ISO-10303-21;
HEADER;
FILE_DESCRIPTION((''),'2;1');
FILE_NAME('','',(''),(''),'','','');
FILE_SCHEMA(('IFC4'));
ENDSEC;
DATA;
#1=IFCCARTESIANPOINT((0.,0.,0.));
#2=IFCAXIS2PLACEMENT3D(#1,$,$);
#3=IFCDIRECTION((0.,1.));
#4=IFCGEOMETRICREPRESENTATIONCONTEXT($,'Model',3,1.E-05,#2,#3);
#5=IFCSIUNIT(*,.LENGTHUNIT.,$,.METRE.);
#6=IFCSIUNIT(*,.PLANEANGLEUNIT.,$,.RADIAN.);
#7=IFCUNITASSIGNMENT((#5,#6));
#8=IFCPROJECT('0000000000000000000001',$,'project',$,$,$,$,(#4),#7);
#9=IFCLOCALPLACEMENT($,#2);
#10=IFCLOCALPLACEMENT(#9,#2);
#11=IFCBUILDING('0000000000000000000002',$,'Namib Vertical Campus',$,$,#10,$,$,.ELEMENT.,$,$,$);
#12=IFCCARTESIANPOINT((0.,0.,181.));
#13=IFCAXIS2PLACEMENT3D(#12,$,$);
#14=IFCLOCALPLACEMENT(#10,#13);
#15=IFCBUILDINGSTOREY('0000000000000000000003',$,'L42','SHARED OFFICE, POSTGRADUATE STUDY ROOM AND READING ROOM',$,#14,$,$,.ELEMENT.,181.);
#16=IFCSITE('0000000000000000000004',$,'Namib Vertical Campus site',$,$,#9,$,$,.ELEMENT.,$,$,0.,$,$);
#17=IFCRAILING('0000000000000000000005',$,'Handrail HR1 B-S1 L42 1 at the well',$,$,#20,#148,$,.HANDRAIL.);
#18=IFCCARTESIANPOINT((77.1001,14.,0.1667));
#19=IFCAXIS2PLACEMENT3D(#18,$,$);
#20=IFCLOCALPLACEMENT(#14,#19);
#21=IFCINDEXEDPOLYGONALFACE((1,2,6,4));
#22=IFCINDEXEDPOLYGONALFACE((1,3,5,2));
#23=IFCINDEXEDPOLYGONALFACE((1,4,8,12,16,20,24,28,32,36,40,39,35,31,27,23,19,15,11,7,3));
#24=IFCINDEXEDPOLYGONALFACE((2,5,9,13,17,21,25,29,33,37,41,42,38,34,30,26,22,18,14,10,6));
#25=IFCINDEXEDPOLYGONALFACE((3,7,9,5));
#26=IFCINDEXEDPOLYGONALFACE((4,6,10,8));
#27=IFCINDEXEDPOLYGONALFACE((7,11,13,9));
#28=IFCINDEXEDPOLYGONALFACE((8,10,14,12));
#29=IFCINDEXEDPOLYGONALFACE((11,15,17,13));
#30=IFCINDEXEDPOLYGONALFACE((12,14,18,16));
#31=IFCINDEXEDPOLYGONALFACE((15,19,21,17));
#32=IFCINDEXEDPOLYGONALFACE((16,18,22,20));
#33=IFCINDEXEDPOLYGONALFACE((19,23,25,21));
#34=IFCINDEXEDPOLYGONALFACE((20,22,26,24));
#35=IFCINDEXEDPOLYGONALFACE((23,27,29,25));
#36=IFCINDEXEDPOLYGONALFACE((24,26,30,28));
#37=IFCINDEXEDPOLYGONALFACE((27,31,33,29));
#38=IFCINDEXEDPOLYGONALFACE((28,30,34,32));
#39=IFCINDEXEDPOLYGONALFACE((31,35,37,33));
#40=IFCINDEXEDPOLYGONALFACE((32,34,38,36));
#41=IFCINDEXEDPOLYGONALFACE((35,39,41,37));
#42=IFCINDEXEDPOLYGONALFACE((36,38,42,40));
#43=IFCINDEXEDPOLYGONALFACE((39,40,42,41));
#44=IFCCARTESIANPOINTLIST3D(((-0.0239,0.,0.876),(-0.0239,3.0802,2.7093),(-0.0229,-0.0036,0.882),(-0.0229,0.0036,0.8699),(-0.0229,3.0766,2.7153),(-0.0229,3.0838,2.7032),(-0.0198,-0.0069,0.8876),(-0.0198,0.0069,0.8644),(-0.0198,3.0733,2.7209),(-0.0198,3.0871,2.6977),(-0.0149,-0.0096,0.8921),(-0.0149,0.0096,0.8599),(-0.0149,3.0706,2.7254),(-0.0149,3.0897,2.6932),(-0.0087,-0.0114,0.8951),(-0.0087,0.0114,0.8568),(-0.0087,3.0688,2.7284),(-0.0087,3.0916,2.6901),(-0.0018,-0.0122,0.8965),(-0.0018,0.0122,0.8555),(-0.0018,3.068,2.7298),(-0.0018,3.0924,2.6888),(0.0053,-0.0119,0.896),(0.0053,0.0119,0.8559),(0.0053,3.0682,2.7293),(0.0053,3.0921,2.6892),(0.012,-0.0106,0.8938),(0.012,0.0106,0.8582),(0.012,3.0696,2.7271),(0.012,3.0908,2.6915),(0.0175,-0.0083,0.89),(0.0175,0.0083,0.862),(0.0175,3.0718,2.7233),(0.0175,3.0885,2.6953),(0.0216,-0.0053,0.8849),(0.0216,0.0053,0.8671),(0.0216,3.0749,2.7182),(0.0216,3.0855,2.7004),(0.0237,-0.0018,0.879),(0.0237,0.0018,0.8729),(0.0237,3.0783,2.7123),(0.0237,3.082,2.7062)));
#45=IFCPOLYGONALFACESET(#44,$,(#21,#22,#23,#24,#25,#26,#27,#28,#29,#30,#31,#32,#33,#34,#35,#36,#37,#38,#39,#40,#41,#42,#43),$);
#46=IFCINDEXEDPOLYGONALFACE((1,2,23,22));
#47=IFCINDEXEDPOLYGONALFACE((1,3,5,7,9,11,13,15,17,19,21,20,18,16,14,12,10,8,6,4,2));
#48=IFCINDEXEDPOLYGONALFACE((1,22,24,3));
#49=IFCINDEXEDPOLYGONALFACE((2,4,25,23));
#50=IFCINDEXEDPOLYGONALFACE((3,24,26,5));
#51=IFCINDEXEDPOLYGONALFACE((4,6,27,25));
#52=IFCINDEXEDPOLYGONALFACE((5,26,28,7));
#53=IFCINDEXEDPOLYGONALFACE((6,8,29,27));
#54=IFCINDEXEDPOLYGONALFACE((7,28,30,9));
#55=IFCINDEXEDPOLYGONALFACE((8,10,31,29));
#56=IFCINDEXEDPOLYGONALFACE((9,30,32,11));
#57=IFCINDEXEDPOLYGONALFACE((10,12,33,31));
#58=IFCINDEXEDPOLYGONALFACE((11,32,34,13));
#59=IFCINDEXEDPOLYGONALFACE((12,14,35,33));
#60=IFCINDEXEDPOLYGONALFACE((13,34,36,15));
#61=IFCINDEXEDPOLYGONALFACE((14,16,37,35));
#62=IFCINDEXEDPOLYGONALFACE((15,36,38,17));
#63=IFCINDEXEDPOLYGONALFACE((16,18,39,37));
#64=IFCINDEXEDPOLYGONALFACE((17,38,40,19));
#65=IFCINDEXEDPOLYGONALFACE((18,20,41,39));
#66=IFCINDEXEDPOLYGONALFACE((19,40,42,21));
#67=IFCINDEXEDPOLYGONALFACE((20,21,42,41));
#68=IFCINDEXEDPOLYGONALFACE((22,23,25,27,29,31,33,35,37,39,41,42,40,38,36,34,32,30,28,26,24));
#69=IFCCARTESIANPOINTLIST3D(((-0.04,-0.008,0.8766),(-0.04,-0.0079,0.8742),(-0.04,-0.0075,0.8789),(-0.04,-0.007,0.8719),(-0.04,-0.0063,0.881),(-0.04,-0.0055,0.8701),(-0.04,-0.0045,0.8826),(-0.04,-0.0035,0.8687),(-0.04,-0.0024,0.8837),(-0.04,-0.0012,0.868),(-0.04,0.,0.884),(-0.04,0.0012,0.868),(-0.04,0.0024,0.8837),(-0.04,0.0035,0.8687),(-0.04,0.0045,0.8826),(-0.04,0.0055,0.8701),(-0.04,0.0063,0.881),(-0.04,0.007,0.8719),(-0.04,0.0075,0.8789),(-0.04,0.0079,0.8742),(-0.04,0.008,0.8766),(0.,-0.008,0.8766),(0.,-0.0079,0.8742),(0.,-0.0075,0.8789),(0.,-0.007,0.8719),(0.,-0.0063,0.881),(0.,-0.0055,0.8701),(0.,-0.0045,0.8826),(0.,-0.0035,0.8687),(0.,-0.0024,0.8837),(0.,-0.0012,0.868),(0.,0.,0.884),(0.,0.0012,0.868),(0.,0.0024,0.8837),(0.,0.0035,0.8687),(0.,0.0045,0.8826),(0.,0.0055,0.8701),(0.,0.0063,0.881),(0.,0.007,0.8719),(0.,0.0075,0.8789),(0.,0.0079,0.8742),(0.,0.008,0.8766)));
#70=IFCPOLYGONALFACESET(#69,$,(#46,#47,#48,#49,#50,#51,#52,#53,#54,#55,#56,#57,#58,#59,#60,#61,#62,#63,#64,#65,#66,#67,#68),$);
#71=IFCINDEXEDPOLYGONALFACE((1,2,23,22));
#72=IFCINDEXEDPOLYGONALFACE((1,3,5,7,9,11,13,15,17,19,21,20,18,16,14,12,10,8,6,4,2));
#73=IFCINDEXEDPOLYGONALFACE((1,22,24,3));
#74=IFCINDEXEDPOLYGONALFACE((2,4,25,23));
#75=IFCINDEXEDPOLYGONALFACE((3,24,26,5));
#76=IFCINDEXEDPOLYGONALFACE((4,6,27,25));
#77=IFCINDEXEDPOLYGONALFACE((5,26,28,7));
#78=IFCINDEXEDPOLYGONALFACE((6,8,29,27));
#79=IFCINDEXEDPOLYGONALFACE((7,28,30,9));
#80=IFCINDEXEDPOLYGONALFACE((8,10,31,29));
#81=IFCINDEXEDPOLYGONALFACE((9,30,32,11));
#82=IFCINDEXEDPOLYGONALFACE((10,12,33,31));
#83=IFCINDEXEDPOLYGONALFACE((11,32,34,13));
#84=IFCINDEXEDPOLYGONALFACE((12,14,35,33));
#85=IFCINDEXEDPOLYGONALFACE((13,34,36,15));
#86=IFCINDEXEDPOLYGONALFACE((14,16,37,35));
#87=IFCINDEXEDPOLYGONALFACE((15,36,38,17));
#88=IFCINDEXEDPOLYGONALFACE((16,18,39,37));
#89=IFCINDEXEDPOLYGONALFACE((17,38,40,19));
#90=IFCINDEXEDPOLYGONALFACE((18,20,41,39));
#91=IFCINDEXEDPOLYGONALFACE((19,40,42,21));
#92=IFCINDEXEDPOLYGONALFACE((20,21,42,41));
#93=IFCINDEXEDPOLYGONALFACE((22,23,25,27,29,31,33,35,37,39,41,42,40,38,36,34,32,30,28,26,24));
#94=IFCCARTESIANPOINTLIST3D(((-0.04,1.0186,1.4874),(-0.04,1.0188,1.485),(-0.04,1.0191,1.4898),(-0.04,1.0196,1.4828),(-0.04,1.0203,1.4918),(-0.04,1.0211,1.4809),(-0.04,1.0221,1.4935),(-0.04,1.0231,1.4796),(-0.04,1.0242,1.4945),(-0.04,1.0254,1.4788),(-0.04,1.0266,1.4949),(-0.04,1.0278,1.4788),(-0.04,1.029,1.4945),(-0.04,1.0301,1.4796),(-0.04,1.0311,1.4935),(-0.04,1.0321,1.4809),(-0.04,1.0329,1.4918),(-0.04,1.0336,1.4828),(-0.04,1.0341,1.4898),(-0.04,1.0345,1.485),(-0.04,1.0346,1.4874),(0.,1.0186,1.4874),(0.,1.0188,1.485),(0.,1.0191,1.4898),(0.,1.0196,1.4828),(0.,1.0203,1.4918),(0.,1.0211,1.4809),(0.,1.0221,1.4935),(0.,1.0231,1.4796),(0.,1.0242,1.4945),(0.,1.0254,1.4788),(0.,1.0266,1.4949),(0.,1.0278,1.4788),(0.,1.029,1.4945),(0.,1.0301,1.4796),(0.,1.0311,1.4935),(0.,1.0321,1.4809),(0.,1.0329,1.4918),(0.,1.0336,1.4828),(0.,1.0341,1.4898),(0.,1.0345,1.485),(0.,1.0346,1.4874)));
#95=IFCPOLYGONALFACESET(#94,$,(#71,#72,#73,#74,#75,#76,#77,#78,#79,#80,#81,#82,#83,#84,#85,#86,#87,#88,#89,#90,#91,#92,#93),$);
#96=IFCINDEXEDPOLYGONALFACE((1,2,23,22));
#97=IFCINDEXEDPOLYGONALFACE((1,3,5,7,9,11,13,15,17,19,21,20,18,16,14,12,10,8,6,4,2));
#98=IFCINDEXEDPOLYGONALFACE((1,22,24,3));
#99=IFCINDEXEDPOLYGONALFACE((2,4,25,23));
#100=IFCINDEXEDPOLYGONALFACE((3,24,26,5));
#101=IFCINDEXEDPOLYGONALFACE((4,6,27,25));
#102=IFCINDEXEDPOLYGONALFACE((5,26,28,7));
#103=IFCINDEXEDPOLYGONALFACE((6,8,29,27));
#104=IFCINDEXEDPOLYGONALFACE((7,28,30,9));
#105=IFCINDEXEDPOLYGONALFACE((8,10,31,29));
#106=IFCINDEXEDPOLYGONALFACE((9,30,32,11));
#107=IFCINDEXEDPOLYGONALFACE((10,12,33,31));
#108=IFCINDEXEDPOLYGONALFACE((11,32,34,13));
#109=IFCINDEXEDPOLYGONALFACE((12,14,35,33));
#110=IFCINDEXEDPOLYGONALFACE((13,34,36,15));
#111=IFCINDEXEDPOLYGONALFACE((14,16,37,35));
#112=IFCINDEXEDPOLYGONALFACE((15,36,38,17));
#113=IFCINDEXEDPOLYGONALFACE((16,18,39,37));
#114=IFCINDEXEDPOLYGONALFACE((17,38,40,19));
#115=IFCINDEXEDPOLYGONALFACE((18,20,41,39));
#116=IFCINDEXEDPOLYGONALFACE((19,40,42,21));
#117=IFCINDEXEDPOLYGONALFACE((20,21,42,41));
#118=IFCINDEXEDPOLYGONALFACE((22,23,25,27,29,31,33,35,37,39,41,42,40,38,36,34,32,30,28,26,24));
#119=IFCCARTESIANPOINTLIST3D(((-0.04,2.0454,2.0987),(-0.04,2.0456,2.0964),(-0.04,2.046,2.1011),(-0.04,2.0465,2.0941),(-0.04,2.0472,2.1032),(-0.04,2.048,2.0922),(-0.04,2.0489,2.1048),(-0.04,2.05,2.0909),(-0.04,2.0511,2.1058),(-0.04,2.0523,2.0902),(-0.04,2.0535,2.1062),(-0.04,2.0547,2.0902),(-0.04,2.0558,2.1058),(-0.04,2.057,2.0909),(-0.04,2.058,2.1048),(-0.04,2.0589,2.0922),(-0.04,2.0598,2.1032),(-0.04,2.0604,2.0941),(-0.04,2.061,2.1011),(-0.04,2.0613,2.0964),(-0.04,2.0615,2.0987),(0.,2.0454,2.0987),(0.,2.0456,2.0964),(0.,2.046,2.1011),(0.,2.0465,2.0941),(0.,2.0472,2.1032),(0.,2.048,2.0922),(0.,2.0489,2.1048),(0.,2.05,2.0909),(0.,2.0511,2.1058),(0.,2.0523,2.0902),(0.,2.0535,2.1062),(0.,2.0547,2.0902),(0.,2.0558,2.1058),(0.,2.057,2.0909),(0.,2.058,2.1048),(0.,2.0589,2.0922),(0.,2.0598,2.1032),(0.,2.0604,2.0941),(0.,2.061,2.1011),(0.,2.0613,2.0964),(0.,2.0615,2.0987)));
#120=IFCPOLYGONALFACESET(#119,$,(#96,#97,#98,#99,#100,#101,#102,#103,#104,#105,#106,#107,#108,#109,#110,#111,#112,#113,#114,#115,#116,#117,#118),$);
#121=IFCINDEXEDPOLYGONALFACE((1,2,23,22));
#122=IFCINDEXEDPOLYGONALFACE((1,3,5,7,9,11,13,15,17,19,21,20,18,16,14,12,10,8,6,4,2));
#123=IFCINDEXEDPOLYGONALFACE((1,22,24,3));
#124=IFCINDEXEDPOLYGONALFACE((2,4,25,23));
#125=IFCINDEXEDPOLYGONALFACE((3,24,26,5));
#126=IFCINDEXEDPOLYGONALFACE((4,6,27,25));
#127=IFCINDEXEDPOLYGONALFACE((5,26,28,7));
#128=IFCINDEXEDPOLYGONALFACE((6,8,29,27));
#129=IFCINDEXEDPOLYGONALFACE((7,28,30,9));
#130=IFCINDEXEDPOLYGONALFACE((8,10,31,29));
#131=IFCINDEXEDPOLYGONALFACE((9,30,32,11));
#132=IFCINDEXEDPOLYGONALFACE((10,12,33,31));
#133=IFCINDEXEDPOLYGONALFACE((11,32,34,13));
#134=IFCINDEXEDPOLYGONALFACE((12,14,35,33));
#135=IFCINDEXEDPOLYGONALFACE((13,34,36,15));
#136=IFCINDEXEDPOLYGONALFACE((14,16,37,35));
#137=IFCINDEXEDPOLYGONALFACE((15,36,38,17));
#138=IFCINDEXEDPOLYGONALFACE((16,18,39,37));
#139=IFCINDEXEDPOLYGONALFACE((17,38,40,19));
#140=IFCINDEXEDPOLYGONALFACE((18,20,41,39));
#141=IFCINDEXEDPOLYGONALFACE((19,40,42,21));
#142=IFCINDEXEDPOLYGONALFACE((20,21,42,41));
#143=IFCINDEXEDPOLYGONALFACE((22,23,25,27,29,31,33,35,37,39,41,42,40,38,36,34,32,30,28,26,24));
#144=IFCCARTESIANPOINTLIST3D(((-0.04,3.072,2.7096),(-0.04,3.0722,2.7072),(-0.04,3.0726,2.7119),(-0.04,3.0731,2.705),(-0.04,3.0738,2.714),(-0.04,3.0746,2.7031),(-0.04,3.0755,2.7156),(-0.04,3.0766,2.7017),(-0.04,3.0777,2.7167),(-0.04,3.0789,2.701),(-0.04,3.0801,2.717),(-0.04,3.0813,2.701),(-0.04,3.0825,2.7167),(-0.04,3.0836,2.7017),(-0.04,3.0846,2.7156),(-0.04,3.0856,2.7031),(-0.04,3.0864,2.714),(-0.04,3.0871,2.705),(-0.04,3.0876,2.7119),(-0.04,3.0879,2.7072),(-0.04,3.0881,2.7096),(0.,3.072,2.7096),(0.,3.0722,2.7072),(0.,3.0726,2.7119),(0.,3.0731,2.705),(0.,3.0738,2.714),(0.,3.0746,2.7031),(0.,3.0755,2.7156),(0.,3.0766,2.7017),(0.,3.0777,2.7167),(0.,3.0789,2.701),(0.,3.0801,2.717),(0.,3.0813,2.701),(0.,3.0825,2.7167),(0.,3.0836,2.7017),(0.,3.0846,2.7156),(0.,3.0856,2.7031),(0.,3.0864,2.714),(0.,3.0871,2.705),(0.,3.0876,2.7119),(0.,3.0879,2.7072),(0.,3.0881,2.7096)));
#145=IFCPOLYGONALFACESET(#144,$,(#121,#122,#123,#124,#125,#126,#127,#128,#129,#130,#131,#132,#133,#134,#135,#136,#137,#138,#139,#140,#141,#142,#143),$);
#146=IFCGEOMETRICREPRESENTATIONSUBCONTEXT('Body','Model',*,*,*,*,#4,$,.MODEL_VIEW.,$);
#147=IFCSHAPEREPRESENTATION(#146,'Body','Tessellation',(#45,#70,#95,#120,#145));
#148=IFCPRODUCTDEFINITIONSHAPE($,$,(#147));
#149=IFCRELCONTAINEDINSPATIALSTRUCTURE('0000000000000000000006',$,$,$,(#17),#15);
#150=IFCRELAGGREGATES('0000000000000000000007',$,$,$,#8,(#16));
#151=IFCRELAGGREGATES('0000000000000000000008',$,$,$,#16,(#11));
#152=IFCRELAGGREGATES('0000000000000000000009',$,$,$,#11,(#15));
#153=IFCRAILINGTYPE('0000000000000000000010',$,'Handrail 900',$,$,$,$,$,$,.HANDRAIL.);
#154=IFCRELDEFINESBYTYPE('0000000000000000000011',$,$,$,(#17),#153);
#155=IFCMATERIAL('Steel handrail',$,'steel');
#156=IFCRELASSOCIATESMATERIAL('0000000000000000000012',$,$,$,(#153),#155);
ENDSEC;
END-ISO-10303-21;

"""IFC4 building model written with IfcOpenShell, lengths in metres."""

from ifc_helpers import new_model, si_unit, direction, frame, origin, origin_2d, place, context, subcontext, project, spatial, circle, extrude, material, type_object, element, save


model = new_model("IFC4")

# Units and contexts
model_context = context("Model", 3, precision=1e-05, world=origin(), true_north=direction((0.0, 1.0)))
body_context = subcontext(model_context, "Body", "Model", "MODEL_VIEW")
ifc_project = project(units=[si_unit("LENGTHUNIT", "METRE"), si_unit("PLANEANGLEUNIT", "RADIAN")], contexts=[model_context])

# Site, building, storey
site_placement = place(None, origin())
site = spatial("IfcSite", under=ifc_project, at=site_placement, Name="Namib Vertical Campus site", CompositionType="ELEMENT", RefElevation=0.0)
building_placement = place(site_placement, origin())
building = spatial("IfcBuilding", under=site, at=building_placement, Name="Namib Vertical Campus", CompositionType="ELEMENT")
storey_placement = place(building_placement, frame((0.0, 0.0, 181.0)))
storey = spatial("IfcBuildingStorey", under=building, at=storey_placement, Name="L42", Description="SHARED OFFICE, POSTGRADUATE STUDY ROOM AND READING ROOM", CompositionType="ELEMENT", Elevation=181.0)

# Railing
ifc_material_1 = material(Name="Steel handrail", Category="steel")
railing_type_1 = type_object("IfcRailingType", Name="Handrail 900", PredefinedType="HANDRAIL", material=ifc_material_1)
railing_1_placement = place(storey_placement, frame((77.1001, 14.0, 0.1667)))
element("IfcRailing", 1, at=railing_1_placement, inside=storey, type_object=railing_type_1, Name="Handrail HR1 B-S1 L42 1 at the well", PredefinedType="HANDRAIL", context=body_context, shape_type="SweptSolid", body=[
    extrude(circle(Radius=0.0239, at=origin_2d()), frame((0.0, 0.0, 0.876), z_axis=(0.0, 0.859309, 0.511458), x_axis=(-1.0, 0.0, 0.0)), (0.0, 0.0, 1.0), 3.5845),
    extrude(circle(Radius=0.0081, at=origin_2d()), frame((0.0, 0.0, 0.876), z_axis=(-1.0, 0.0, 0.0), x_axis=(0.0, 0.0, 1.0)), (0.0, 0.0, 1.0), 0.04),
    extrude(circle(Radius=0.0081, at=origin_2d()), frame((0.0, 1.0266, 1.4868), z_axis=(-1.0, 0.0, 0.0), x_axis=(0.0, 0.0, 1.0)), (0.0, 0.0, 1.0), 0.04),
    extrude(circle(Radius=0.0081, at=origin_2d()), frame((0.0, 2.0535, 2.0981), z_axis=(-1.0, 0.0, 0.0), x_axis=(0.0, 0.0, 1.0)), (0.0, 0.0, 1.0), 0.04),
    extrude(circle(Radius=0.0081, at=origin_2d()), frame((0.0, 3.0801, 2.709), z_axis=(-1.0, 0.0, 0.0), x_axis=(0.0, 0.0, 1.0)), (0.0, 0.0, 1.0), 0.04),
])

save(model, "model.ifc")
